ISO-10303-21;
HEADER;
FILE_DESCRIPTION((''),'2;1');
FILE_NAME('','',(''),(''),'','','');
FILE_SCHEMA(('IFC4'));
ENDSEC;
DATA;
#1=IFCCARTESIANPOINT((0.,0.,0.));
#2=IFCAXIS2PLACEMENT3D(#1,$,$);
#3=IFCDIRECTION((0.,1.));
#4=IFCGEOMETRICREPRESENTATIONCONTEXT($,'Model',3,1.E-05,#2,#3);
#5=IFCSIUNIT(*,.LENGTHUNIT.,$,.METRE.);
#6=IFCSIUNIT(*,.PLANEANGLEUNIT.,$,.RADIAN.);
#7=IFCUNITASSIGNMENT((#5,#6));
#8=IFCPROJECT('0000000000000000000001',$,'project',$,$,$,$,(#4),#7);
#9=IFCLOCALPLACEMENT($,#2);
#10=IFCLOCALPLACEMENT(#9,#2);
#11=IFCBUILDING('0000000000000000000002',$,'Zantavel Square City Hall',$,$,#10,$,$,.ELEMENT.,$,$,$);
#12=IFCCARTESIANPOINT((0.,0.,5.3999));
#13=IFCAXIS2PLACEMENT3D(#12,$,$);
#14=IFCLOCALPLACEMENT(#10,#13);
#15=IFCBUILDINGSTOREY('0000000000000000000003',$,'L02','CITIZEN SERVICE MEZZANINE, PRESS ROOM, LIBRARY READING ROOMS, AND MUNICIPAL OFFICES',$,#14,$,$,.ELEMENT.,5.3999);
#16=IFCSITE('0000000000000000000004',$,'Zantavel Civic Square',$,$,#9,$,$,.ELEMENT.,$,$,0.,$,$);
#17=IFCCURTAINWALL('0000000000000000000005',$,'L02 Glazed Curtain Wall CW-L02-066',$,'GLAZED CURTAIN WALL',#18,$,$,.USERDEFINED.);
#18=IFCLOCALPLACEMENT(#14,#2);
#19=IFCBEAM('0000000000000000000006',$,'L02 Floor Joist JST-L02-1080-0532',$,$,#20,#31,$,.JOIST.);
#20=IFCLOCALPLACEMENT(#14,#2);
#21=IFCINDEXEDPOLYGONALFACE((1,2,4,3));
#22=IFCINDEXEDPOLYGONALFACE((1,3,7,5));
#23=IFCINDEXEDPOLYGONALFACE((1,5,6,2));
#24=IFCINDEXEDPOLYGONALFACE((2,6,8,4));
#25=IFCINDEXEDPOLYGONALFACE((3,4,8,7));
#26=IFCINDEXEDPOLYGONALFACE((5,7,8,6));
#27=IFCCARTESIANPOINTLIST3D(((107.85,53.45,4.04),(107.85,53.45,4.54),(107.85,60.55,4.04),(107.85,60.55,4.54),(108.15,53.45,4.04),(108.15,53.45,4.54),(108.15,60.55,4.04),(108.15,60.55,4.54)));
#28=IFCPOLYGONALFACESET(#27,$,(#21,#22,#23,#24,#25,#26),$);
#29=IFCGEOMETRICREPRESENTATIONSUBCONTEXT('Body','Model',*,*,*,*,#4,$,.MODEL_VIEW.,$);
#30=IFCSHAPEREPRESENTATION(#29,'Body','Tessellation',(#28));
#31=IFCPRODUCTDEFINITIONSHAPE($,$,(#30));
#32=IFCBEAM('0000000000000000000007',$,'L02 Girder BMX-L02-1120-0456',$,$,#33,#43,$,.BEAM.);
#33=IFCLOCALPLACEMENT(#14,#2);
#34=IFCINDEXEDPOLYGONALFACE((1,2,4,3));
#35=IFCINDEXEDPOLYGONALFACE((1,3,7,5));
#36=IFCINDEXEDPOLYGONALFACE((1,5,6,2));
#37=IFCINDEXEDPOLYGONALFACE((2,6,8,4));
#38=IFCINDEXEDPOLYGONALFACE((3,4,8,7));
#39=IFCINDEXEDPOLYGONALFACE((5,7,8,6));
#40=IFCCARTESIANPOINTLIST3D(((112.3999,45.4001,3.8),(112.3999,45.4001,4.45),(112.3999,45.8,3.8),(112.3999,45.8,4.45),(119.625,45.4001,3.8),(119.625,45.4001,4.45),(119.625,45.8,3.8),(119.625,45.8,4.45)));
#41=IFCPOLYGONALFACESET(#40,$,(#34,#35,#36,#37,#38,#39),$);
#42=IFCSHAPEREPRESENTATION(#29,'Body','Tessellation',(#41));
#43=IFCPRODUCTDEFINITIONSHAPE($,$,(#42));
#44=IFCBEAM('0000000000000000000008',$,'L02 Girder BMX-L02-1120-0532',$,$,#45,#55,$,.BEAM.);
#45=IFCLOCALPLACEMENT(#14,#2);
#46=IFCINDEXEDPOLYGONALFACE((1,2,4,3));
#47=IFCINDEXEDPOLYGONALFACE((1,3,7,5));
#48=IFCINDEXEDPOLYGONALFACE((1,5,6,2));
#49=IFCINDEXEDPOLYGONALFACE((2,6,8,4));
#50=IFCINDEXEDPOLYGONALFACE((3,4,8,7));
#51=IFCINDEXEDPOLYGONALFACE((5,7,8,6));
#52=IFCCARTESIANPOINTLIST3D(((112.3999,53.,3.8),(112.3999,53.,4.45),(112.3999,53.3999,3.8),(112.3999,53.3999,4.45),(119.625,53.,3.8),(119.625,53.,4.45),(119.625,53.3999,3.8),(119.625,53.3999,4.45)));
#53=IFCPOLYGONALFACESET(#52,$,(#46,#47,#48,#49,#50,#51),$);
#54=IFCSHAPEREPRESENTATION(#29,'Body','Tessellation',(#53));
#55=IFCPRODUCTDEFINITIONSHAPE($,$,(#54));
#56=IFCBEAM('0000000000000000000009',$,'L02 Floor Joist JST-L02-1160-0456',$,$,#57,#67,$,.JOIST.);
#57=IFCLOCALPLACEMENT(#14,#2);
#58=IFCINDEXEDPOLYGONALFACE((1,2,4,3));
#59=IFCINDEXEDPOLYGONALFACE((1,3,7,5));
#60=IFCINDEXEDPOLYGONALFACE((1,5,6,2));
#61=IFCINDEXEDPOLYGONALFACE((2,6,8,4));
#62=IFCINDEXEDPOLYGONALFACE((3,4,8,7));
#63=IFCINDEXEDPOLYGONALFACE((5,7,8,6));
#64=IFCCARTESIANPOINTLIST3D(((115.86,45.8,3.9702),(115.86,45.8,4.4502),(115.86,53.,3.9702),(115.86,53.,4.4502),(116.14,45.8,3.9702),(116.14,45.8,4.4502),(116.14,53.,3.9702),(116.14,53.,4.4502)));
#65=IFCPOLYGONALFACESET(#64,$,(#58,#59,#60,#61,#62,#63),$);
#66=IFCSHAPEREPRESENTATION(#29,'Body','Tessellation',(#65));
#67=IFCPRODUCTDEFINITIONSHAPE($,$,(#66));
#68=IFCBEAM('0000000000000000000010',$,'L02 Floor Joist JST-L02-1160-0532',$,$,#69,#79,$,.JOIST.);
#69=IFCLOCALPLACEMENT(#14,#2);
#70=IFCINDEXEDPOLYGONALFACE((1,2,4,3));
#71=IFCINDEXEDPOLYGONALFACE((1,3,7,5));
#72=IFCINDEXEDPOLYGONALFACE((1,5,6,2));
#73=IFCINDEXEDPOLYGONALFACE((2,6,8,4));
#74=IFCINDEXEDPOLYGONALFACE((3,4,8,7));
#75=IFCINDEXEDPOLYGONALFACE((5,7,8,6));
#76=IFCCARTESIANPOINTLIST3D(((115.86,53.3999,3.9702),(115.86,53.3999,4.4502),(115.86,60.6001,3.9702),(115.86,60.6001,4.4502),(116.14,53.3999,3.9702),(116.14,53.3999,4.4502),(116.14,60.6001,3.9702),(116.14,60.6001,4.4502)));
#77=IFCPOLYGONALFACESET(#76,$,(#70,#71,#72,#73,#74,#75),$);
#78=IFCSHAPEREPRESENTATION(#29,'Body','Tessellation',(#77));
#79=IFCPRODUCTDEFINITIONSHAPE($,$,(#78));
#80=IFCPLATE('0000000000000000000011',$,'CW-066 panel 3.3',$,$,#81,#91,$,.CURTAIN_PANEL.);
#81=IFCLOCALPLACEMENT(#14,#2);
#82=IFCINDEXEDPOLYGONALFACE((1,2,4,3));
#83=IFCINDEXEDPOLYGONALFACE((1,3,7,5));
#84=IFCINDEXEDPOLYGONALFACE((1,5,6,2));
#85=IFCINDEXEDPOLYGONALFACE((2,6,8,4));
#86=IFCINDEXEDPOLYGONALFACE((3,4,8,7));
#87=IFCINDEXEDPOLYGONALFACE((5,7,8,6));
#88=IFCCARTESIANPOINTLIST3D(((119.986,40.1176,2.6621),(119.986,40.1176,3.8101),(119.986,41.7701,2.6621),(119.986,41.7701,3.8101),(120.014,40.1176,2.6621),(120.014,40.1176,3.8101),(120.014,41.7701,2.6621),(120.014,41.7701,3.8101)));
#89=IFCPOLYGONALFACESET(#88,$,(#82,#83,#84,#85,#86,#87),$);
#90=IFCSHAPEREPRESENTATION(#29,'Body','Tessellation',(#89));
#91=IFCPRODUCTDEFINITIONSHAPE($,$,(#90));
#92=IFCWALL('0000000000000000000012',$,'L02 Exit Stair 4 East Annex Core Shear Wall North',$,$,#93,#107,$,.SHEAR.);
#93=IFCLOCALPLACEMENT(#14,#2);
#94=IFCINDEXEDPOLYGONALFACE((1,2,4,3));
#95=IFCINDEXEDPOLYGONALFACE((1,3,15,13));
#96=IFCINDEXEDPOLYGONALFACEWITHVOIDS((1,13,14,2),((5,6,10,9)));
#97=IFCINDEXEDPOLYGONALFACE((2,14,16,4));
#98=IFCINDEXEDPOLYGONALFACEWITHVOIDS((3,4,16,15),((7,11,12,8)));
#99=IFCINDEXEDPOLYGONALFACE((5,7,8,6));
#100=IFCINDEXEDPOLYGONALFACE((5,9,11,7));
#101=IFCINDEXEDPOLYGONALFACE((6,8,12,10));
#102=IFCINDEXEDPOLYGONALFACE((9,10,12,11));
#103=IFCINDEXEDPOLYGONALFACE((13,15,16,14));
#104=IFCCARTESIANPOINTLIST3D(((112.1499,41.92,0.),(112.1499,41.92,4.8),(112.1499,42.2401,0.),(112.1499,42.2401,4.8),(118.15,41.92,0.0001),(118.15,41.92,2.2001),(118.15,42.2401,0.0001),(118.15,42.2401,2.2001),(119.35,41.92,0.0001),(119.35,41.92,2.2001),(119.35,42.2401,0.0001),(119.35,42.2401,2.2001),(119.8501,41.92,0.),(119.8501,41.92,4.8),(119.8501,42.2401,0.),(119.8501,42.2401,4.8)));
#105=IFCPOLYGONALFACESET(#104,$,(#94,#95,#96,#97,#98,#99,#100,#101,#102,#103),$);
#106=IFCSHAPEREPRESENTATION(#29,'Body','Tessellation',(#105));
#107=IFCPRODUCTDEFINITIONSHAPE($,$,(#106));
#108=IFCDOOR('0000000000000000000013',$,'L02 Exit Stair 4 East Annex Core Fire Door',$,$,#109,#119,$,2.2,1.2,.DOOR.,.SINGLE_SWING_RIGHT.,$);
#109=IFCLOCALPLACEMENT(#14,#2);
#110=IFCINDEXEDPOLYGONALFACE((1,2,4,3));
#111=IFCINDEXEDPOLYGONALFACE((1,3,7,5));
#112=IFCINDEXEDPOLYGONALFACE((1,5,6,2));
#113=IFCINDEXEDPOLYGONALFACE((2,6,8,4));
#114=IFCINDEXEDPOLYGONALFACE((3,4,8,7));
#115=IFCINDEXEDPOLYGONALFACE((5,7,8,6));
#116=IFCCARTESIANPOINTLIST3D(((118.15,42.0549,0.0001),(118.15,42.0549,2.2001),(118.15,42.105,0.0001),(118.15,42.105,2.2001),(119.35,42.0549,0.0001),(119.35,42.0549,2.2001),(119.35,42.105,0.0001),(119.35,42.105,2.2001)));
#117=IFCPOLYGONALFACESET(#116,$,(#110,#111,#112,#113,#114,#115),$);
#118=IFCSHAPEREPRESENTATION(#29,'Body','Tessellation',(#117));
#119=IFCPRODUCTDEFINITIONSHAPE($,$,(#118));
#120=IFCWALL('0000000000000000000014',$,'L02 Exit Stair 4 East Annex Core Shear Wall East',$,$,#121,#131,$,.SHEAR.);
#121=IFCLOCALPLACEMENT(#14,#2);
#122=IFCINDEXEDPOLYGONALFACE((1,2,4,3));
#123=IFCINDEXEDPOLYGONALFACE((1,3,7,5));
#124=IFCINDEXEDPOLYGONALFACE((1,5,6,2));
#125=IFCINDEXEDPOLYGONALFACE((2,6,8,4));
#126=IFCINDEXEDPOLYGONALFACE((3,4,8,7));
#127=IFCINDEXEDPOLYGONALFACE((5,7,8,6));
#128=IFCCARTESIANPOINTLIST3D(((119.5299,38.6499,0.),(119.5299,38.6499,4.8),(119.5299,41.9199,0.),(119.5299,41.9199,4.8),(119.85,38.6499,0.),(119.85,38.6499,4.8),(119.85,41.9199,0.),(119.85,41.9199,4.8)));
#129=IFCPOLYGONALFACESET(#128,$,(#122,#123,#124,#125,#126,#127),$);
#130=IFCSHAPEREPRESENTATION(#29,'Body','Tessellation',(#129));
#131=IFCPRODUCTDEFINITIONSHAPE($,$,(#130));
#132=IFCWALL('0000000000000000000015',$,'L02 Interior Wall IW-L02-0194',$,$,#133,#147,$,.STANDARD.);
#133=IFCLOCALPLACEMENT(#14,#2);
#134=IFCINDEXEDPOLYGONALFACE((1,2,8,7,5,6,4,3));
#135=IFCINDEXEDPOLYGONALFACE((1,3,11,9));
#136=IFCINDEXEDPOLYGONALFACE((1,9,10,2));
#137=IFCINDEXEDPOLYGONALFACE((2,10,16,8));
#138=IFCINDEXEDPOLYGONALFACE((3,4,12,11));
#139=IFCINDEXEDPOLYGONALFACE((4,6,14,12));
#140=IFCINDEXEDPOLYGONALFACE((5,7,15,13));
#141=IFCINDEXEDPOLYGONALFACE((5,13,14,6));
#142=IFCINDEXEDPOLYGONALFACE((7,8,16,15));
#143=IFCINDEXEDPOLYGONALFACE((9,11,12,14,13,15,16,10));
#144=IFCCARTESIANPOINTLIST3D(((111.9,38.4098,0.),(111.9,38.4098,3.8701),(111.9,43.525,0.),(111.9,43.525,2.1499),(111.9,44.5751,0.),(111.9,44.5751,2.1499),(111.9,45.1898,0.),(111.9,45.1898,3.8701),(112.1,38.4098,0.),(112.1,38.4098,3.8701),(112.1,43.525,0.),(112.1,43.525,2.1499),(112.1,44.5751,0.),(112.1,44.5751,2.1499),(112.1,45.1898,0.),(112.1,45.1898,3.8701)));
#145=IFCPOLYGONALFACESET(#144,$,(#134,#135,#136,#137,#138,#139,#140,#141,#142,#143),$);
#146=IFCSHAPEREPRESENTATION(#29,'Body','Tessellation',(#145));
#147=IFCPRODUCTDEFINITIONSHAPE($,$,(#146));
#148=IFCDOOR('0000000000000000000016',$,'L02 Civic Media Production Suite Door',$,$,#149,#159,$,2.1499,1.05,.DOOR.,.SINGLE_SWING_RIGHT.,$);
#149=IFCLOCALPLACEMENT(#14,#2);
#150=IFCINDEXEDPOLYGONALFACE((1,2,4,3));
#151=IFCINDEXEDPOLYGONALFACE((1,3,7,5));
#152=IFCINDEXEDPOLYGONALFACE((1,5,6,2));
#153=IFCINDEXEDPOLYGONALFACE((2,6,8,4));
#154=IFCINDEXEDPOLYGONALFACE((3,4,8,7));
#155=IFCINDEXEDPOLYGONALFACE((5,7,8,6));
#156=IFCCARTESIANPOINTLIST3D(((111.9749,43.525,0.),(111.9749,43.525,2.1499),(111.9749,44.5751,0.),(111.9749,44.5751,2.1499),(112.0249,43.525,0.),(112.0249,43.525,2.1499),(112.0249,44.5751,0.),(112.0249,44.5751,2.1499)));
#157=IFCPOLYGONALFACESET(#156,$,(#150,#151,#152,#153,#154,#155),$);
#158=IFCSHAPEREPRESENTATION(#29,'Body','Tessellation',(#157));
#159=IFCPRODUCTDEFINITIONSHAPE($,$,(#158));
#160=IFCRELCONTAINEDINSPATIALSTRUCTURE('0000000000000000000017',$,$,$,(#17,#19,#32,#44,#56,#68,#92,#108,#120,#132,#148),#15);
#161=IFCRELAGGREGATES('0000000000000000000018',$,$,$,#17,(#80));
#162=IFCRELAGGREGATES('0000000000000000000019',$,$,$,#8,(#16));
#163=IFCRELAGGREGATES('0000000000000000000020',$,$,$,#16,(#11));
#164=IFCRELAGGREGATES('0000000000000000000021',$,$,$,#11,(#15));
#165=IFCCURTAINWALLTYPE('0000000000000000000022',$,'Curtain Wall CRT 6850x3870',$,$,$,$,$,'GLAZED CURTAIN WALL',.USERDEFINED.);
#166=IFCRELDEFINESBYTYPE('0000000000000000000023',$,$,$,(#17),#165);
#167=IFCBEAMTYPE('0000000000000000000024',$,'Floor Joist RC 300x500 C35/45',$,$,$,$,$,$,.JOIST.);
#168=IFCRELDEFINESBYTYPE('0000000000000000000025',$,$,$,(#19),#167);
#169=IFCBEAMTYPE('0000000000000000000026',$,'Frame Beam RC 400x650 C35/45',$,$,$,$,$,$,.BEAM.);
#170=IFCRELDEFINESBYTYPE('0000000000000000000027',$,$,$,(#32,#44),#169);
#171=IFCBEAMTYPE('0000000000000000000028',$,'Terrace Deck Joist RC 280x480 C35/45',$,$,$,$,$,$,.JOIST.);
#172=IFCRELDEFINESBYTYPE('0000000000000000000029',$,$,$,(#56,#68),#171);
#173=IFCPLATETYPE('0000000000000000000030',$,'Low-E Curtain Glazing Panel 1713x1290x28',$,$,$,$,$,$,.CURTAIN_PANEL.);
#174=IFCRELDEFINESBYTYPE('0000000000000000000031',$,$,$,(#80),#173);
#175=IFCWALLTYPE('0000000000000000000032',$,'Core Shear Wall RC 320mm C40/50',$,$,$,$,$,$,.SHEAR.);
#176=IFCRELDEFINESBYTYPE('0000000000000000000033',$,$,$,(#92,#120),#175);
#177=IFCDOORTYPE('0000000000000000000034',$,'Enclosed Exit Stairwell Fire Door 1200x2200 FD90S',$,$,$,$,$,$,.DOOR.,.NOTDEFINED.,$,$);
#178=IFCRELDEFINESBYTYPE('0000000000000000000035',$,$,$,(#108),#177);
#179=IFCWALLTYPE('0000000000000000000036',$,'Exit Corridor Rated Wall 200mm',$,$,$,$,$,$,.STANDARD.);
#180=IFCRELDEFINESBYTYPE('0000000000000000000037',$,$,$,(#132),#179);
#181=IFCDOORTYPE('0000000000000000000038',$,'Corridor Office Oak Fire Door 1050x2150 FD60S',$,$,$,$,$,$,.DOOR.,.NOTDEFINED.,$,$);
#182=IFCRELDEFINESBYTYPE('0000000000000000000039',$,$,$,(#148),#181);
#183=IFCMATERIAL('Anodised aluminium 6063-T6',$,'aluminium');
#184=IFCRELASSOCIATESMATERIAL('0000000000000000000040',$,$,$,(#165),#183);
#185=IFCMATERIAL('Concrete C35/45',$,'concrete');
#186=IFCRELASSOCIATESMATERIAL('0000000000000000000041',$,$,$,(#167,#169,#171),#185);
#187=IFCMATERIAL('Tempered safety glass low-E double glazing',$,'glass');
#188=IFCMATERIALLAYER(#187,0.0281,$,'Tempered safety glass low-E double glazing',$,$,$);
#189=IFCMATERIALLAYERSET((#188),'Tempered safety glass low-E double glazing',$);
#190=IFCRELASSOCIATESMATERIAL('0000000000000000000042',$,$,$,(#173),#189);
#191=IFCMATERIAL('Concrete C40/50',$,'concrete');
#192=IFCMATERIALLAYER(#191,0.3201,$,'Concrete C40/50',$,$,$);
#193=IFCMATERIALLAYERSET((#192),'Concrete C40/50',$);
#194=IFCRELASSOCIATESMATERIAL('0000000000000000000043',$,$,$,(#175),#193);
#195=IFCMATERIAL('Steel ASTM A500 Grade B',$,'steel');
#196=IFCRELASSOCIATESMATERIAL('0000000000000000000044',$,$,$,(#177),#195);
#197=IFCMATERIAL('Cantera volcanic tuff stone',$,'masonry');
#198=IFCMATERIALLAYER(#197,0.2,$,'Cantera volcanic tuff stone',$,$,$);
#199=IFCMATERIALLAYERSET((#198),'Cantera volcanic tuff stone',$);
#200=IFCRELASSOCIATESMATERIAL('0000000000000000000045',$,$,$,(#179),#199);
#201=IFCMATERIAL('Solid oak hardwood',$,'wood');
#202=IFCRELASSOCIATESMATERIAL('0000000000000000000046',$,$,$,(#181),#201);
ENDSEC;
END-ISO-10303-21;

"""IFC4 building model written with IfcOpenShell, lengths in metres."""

from ifc_helpers import new_model, si_unit, direction, frame, frame_2d, origin, origin_2d, place, context, subcontext, project, spatial, rectangle, extrude, material, layer, layer_set, material_profile, profile_set, type_object, element, fill, aggregate, save


model = new_model("IFC4")

# Units and contexts
model_context = context("Model", 3, precision=1e-05, world=origin(), true_north=direction((0.0, 1.0)))
body_context = subcontext(model_context, "Body", "Model", "MODEL_VIEW")
ifc_project = project(units=[si_unit("LENGTHUNIT", "METRE"), si_unit("PLANEANGLEUNIT", "RADIAN")], contexts=[model_context])

# Site, building, storey
site_placement = place(None, origin())
site = spatial("IfcSite", under=ifc_project, at=site_placement, Name="Zantavel Civic Square", CompositionType="ELEMENT", RefElevation=0.0)
building_placement = place(site_placement, origin())
building = spatial("IfcBuilding", under=site, at=building_placement, Name="Zantavel Square City Hall", CompositionType="ELEMENT")
storey_placement = place(building_placement, frame((0.0, 0.0, 5.3999)))
storey = spatial("IfcBuildingStorey", under=building, at=storey_placement, Name="L02", Description="CITIZEN SERVICE MEZZANINE, PRESS ROOM, LIBRARY READING ROOMS, AND MUNICIPAL OFFICES", CompositionType="ELEMENT", Elevation=5.3999)

# Shared definitions
ifc_material_1 = material(Name="Concrete C40/50", Category="concrete")

# Shared definitions
ifc_material_2 = material(Name="Concrete C35/45", Category="concrete")

# Curtain wall
ifc_material_3 = material(Name="Anodised aluminium 6063-T6", Category="aluminium")
curtain_wall_type = type_object("IfcCurtainWallType", Name="Curtain Wall CRT 6850x3870", ElementType="GLAZED CURTAIN WALL", PredefinedType="USERDEFINED", material=ifc_material_3)
curtain_wall_placement = place(storey_placement, origin())
curtain_wall = element("IfcCurtainWall", 1, at=curtain_wall_placement, inside=storey, type_object=curtain_wall_type, Name="L02 Glazed Curtain Wall CW-L02-066", ObjectType="GLAZED CURTAIN WALL", PredefinedType="USERDEFINED")

# Beams
ifc_material_profile_1 = material_profile(ifc_material_2, rectangle(XDim=0.3, YDim=0.5, at=origin_2d()), Name="RC 300x500")
ifc_profile_set_1 = profile_set([ifc_material_profile_1], Name="Concrete C35/45")
beam_type_1 = type_object("IfcBeamType", Name="Floor Joist RC 300x500 C35/45", PredefinedType="JOIST", material=ifc_profile_set_1)
beam_1_placement = place(storey_placement, frame((108.0, 53.45, 4.29), z_axis=(0.0, 1.0, 0.0), x_axis=(-1.0, 0.0, 0.0)))
element("IfcBeam", 2, at=beam_1_placement, inside=storey, type_object=beam_type_1, Name="L02 Floor Joist JST-L02-1080-0532", PredefinedType="JOIST", context=body_context, shape_type="SweptSolid", body=[
    extrude(rectangle(XDim=0.3, YDim=0.5, at=origin_2d()), origin(), (0.0, 0.0, 1.0), 7.1001),
])
ifc_material_profile_2 = material_profile(ifc_material_2, rectangle(XDim=0.3999, YDim=0.6499, at=origin_2d()), Name="RC 400x650")
ifc_profile_set_2 = profile_set([ifc_material_profile_2], Name="Concrete C35/45")
beam_type_2 = type_object("IfcBeamType", Name="Frame Beam RC 400x650 C35/45", PredefinedType="BEAM", material=ifc_profile_set_2)
for number, where, z_axis, x_axis, name in (
    (3, (112.3999, 45.6001, 4.125), (1.0, 0.0, 0.0), (0.0, 1.0, 0.0), "L02 Girder BMX-L02-1120-0456"),
    (4, (112.3999, 53.2, 4.125), (1.0, 0.0, 0.0), (0.0, 1.0, 0.0), "L02 Girder BMX-L02-1120-0532"),
):
    element("IfcBeam", number, at=place(storey_placement, frame(where, z_axis=z_axis, x_axis=x_axis)), inside=storey, type_object=beam_type_2, Name=name, PredefinedType="BEAM", context=body_context, shape_type="SweptSolid", body=[
        extrude(rectangle(XDim=0.3999, YDim=0.6499, at=origin_2d()), origin(), (0.0, 0.0, 1.0), 7.2251),
    ])
ifc_material_profile_3 = material_profile(ifc_material_2, rectangle(XDim=0.28, YDim=0.48, at=origin_2d()), Name="RC 280x480")
ifc_profile_set_3 = profile_set([ifc_material_profile_3], Name="Concrete C35/45")
beam_type_3 = type_object("IfcBeamType", Name="Terrace Deck Joist RC 280x480 C35/45", PredefinedType="JOIST", material=ifc_profile_set_3)
beam_2_placement = place(storey_placement, frame((116.0, 45.8, 4.2102), z_axis=(0.0, 1.0, 0.0), x_axis=(-1.0, 0.0, 0.0)))
element("IfcBeam", 5, at=beam_2_placement, inside=storey, type_object=beam_type_3, Name="L02 Floor Joist JST-L02-1160-0456", PredefinedType="JOIST", context=body_context, shape_type="SweptSolid", body=[
    extrude(rectangle(XDim=0.28, YDim=0.48, at=origin_2d()), origin(), (0.0, 0.0, 1.0), 7.2),
])
beam_3_placement = place(storey_placement, frame((116.0, 53.3999, 4.2102), z_axis=(0.0, 1.0, 0.0), x_axis=(-1.0, 0.0, 0.0)))
element("IfcBeam", 6, at=beam_3_placement, inside=storey, type_object=beam_type_3, Name="L02 Floor Joist JST-L02-1160-0532", PredefinedType="JOIST", context=body_context, shape_type="SweptSolid", body=[
    extrude(rectangle(XDim=0.28, YDim=0.48, at=origin_2d()), origin(), (0.0, 0.0, 1.0), 7.2002),
])

# Plate
ifc_material_4 = material(Name="Tempered safety glass low-E double glazing", Category="glass")
ifc_layer_1 = layer(ifc_material_4, 0.0281, Name="Tempered safety glass low-E double glazing")
ifc_layer_set_1 = layer_set([ifc_layer_1], Name="Tempered safety glass low-E double glazing")
plate_type = type_object("IfcPlateType", Name="Low-E Curtain Glazing Panel 1713x1290x28", PredefinedType="CURTAIN_PANEL", material=ifc_layer_set_1)
plate_placement = place(storey_placement, frame((120.0, 40.9438, 2.6621), z_axis=(0.0, 0.0, 1.0), x_axis=(0.0, -1.0, 0.0)))
plate = element("IfcPlate", 7, at=plate_placement, type_object=plate_type, Name="CW-066 panel 3.3", PredefinedType="CURTAIN_PANEL", context=body_context, shape_type="SweptSolid", body=[
    extrude(rectangle(XDim=1.6526, YDim=0.0281, at=origin_2d()), origin(), (0.0, 0.0, 1.0), 1.1479),
])
aggregate(curtain_wall, [plate])

# Wall, opening, door
ifc_layer_2 = layer(ifc_material_1, 0.3201, Name="Concrete C40/50")
ifc_layer_set_2 = layer_set([ifc_layer_2], Name="Concrete C40/50")
wall_type_1 = type_object("IfcWallType", Name="Core Shear Wall RC 320mm C40/50", PredefinedType="SHEAR", material=ifc_layer_set_2)
wall_1_placement = place(storey_placement, frame((112.1499, 42.0801, 0.0), z_axis=(0.0, 0.0, 1.0), x_axis=(1.0, 0.0, 0.0)))
wall_1 = element("IfcWall", 8, at=wall_1_placement, inside=storey, type_object=wall_type_1, Name="L02 Exit Stair 4 East Annex Core Shear Wall North", PredefinedType="SHEAR", context=body_context, shape_type="SweptSolid", body=[
    extrude(rectangle(XDim=7.7002, YDim=0.3201, at=frame_2d((3.8501, 0.0))), origin(), (0.0, 0.0, 1.0), 4.8),
])
opening_1_placement = place(wall_1_placement, frame((6.0, 0.0, 0.0)))
opening_1 = element("IfcOpeningElement", 9, at=opening_1_placement, cuts=wall_1, PredefinedType="OPENING", context=body_context, shape_type="SweptSolid", body=[
    extrude(rectangle(XDim=1.2, YDim=2.2, at=frame_2d((0.6001, 1.1001))), frame((0.0, 0.1699, 0.0), z_axis=(0.0, -1.0, 0.0), x_axis=(1.0, 0.0, 0.0)), (0.0, 0.0, 1.0), 0.3401),
])
ifc_material_5 = material(Name="Steel ASTM A500 Grade B", Category="steel")
door_type_1 = type_object("IfcDoorType", Name="Enclosed Exit Stairwell Fire Door 1200x2200 FD90S", OperationType="NOTDEFINED", PredefinedType="DOOR", material=ifc_material_5)
door_1_placement = place(opening_1_placement, origin())
door_1 = element("IfcDoor", 10, at=door_1_placement, inside=storey, type_object=door_type_1, Name="L02 Exit Stair 4 East Annex Core Fire Door", OperationType="SINGLE_SWING_RIGHT", OverallHeight=2.2, OverallWidth=1.2, PredefinedType="DOOR", context=body_context, shape_type="SweptSolid", body=[
    extrude(rectangle(XDim=1.2, YDim=2.2, at=frame_2d((0.6001, 1.1001))), frame((0.0, 0.0249, 0.0), z_axis=(0.0, -1.0, 0.0), x_axis=(1.0, 0.0, 0.0)), (0.0, 0.0, 1.0), 0.05),
])
fill(opening_1, door_1)

# Wall
wall_2_placement = place(storey_placement, frame((119.6899, 41.9199, 0.0), z_axis=(0.0, 0.0, 1.0), x_axis=(0.0, -1.0, 0.0)))
element("IfcWall", 11, at=wall_2_placement, inside=storey, type_object=wall_type_1, Name="L02 Exit Stair 4 East Annex Core Shear Wall East", PredefinedType="SHEAR", context=body_context, shape_type="SweptSolid", body=[
    extrude(rectangle(XDim=3.27, YDim=0.3201, at=frame_2d((1.635, 0.0))), origin(), (0.0, 0.0, 1.0), 4.8),
])

# Wall, opening, door
ifc_material_6 = material(Name="Cantera volcanic tuff stone", Category="masonry")
ifc_layer_3 = layer(ifc_material_6, 0.2, Name="Cantera volcanic tuff stone")
ifc_layer_set_3 = layer_set([ifc_layer_3], Name="Cantera volcanic tuff stone")
wall_type_2 = type_object("IfcWallType", Name="Exit Corridor Rated Wall 200mm", PredefinedType="STANDARD", material=ifc_layer_set_3)
wall_3_placement = place(storey_placement, frame((112.0, 45.1899, 0.0), z_axis=(0.0, 0.0, 1.0), x_axis=(0.0, -1.0, 0.0)))
wall_3 = element("IfcWall", 12, at=wall_3_placement, inside=storey, type_object=wall_type_2, Name="L02 Interior Wall IW-L02-0194", PredefinedType="STANDARD", context=body_context, shape_type="SweptSolid", body=[
    extrude(rectangle(XDim=6.78, YDim=0.2, at=frame_2d((3.3901, 0.0))), origin(), (0.0, 0.0, 1.0), 3.8701),
])
opening_2_placement = place(wall_3_placement, frame((0.615, 0.0, 0.0)))
opening_2 = element("IfcOpeningElement", 13, at=opening_2_placement, cuts=wall_3, PredefinedType="OPENING", context=body_context, shape_type="SweptSolid", body=[
    extrude(rectangle(XDim=1.05, YDim=2.1499, at=frame_2d((0.5249, 1.075))), frame((0.0, 0.1099, 0.0), z_axis=(0.0, -1.0, 0.0), x_axis=(1.0, 0.0, 0.0)), (0.0, 0.0, 1.0), 0.22),
])
ifc_material_7 = material(Name="Solid oak hardwood", Category="wood")
door_type_2 = type_object("IfcDoorType", Name="Corridor Office Oak Fire Door 1050x2150 FD60S", OperationType="NOTDEFINED", PredefinedType="DOOR", material=ifc_material_7)
door_2_placement = place(opening_2_placement, origin())
door_2 = element("IfcDoor", 14, at=door_2_placement, inside=storey, type_object=door_type_2, Name="L02 Civic Media Production Suite Door", OperationType="SINGLE_SWING_RIGHT", OverallHeight=2.1499, OverallWidth=1.05, PredefinedType="DOOR", context=body_context, shape_type="SweptSolid", body=[
    extrude(rectangle(XDim=1.05, YDim=2.1499, at=frame_2d((0.5249, 1.075))), frame((0.0, 0.0249, 0.0), z_axis=(0.0, -1.0, 0.0), x_axis=(1.0, 0.0, 0.0)), (0.0, 0.0, 1.0), 0.05),
])
fill(opening_2, door_2)

save(model, "model.ifc")
